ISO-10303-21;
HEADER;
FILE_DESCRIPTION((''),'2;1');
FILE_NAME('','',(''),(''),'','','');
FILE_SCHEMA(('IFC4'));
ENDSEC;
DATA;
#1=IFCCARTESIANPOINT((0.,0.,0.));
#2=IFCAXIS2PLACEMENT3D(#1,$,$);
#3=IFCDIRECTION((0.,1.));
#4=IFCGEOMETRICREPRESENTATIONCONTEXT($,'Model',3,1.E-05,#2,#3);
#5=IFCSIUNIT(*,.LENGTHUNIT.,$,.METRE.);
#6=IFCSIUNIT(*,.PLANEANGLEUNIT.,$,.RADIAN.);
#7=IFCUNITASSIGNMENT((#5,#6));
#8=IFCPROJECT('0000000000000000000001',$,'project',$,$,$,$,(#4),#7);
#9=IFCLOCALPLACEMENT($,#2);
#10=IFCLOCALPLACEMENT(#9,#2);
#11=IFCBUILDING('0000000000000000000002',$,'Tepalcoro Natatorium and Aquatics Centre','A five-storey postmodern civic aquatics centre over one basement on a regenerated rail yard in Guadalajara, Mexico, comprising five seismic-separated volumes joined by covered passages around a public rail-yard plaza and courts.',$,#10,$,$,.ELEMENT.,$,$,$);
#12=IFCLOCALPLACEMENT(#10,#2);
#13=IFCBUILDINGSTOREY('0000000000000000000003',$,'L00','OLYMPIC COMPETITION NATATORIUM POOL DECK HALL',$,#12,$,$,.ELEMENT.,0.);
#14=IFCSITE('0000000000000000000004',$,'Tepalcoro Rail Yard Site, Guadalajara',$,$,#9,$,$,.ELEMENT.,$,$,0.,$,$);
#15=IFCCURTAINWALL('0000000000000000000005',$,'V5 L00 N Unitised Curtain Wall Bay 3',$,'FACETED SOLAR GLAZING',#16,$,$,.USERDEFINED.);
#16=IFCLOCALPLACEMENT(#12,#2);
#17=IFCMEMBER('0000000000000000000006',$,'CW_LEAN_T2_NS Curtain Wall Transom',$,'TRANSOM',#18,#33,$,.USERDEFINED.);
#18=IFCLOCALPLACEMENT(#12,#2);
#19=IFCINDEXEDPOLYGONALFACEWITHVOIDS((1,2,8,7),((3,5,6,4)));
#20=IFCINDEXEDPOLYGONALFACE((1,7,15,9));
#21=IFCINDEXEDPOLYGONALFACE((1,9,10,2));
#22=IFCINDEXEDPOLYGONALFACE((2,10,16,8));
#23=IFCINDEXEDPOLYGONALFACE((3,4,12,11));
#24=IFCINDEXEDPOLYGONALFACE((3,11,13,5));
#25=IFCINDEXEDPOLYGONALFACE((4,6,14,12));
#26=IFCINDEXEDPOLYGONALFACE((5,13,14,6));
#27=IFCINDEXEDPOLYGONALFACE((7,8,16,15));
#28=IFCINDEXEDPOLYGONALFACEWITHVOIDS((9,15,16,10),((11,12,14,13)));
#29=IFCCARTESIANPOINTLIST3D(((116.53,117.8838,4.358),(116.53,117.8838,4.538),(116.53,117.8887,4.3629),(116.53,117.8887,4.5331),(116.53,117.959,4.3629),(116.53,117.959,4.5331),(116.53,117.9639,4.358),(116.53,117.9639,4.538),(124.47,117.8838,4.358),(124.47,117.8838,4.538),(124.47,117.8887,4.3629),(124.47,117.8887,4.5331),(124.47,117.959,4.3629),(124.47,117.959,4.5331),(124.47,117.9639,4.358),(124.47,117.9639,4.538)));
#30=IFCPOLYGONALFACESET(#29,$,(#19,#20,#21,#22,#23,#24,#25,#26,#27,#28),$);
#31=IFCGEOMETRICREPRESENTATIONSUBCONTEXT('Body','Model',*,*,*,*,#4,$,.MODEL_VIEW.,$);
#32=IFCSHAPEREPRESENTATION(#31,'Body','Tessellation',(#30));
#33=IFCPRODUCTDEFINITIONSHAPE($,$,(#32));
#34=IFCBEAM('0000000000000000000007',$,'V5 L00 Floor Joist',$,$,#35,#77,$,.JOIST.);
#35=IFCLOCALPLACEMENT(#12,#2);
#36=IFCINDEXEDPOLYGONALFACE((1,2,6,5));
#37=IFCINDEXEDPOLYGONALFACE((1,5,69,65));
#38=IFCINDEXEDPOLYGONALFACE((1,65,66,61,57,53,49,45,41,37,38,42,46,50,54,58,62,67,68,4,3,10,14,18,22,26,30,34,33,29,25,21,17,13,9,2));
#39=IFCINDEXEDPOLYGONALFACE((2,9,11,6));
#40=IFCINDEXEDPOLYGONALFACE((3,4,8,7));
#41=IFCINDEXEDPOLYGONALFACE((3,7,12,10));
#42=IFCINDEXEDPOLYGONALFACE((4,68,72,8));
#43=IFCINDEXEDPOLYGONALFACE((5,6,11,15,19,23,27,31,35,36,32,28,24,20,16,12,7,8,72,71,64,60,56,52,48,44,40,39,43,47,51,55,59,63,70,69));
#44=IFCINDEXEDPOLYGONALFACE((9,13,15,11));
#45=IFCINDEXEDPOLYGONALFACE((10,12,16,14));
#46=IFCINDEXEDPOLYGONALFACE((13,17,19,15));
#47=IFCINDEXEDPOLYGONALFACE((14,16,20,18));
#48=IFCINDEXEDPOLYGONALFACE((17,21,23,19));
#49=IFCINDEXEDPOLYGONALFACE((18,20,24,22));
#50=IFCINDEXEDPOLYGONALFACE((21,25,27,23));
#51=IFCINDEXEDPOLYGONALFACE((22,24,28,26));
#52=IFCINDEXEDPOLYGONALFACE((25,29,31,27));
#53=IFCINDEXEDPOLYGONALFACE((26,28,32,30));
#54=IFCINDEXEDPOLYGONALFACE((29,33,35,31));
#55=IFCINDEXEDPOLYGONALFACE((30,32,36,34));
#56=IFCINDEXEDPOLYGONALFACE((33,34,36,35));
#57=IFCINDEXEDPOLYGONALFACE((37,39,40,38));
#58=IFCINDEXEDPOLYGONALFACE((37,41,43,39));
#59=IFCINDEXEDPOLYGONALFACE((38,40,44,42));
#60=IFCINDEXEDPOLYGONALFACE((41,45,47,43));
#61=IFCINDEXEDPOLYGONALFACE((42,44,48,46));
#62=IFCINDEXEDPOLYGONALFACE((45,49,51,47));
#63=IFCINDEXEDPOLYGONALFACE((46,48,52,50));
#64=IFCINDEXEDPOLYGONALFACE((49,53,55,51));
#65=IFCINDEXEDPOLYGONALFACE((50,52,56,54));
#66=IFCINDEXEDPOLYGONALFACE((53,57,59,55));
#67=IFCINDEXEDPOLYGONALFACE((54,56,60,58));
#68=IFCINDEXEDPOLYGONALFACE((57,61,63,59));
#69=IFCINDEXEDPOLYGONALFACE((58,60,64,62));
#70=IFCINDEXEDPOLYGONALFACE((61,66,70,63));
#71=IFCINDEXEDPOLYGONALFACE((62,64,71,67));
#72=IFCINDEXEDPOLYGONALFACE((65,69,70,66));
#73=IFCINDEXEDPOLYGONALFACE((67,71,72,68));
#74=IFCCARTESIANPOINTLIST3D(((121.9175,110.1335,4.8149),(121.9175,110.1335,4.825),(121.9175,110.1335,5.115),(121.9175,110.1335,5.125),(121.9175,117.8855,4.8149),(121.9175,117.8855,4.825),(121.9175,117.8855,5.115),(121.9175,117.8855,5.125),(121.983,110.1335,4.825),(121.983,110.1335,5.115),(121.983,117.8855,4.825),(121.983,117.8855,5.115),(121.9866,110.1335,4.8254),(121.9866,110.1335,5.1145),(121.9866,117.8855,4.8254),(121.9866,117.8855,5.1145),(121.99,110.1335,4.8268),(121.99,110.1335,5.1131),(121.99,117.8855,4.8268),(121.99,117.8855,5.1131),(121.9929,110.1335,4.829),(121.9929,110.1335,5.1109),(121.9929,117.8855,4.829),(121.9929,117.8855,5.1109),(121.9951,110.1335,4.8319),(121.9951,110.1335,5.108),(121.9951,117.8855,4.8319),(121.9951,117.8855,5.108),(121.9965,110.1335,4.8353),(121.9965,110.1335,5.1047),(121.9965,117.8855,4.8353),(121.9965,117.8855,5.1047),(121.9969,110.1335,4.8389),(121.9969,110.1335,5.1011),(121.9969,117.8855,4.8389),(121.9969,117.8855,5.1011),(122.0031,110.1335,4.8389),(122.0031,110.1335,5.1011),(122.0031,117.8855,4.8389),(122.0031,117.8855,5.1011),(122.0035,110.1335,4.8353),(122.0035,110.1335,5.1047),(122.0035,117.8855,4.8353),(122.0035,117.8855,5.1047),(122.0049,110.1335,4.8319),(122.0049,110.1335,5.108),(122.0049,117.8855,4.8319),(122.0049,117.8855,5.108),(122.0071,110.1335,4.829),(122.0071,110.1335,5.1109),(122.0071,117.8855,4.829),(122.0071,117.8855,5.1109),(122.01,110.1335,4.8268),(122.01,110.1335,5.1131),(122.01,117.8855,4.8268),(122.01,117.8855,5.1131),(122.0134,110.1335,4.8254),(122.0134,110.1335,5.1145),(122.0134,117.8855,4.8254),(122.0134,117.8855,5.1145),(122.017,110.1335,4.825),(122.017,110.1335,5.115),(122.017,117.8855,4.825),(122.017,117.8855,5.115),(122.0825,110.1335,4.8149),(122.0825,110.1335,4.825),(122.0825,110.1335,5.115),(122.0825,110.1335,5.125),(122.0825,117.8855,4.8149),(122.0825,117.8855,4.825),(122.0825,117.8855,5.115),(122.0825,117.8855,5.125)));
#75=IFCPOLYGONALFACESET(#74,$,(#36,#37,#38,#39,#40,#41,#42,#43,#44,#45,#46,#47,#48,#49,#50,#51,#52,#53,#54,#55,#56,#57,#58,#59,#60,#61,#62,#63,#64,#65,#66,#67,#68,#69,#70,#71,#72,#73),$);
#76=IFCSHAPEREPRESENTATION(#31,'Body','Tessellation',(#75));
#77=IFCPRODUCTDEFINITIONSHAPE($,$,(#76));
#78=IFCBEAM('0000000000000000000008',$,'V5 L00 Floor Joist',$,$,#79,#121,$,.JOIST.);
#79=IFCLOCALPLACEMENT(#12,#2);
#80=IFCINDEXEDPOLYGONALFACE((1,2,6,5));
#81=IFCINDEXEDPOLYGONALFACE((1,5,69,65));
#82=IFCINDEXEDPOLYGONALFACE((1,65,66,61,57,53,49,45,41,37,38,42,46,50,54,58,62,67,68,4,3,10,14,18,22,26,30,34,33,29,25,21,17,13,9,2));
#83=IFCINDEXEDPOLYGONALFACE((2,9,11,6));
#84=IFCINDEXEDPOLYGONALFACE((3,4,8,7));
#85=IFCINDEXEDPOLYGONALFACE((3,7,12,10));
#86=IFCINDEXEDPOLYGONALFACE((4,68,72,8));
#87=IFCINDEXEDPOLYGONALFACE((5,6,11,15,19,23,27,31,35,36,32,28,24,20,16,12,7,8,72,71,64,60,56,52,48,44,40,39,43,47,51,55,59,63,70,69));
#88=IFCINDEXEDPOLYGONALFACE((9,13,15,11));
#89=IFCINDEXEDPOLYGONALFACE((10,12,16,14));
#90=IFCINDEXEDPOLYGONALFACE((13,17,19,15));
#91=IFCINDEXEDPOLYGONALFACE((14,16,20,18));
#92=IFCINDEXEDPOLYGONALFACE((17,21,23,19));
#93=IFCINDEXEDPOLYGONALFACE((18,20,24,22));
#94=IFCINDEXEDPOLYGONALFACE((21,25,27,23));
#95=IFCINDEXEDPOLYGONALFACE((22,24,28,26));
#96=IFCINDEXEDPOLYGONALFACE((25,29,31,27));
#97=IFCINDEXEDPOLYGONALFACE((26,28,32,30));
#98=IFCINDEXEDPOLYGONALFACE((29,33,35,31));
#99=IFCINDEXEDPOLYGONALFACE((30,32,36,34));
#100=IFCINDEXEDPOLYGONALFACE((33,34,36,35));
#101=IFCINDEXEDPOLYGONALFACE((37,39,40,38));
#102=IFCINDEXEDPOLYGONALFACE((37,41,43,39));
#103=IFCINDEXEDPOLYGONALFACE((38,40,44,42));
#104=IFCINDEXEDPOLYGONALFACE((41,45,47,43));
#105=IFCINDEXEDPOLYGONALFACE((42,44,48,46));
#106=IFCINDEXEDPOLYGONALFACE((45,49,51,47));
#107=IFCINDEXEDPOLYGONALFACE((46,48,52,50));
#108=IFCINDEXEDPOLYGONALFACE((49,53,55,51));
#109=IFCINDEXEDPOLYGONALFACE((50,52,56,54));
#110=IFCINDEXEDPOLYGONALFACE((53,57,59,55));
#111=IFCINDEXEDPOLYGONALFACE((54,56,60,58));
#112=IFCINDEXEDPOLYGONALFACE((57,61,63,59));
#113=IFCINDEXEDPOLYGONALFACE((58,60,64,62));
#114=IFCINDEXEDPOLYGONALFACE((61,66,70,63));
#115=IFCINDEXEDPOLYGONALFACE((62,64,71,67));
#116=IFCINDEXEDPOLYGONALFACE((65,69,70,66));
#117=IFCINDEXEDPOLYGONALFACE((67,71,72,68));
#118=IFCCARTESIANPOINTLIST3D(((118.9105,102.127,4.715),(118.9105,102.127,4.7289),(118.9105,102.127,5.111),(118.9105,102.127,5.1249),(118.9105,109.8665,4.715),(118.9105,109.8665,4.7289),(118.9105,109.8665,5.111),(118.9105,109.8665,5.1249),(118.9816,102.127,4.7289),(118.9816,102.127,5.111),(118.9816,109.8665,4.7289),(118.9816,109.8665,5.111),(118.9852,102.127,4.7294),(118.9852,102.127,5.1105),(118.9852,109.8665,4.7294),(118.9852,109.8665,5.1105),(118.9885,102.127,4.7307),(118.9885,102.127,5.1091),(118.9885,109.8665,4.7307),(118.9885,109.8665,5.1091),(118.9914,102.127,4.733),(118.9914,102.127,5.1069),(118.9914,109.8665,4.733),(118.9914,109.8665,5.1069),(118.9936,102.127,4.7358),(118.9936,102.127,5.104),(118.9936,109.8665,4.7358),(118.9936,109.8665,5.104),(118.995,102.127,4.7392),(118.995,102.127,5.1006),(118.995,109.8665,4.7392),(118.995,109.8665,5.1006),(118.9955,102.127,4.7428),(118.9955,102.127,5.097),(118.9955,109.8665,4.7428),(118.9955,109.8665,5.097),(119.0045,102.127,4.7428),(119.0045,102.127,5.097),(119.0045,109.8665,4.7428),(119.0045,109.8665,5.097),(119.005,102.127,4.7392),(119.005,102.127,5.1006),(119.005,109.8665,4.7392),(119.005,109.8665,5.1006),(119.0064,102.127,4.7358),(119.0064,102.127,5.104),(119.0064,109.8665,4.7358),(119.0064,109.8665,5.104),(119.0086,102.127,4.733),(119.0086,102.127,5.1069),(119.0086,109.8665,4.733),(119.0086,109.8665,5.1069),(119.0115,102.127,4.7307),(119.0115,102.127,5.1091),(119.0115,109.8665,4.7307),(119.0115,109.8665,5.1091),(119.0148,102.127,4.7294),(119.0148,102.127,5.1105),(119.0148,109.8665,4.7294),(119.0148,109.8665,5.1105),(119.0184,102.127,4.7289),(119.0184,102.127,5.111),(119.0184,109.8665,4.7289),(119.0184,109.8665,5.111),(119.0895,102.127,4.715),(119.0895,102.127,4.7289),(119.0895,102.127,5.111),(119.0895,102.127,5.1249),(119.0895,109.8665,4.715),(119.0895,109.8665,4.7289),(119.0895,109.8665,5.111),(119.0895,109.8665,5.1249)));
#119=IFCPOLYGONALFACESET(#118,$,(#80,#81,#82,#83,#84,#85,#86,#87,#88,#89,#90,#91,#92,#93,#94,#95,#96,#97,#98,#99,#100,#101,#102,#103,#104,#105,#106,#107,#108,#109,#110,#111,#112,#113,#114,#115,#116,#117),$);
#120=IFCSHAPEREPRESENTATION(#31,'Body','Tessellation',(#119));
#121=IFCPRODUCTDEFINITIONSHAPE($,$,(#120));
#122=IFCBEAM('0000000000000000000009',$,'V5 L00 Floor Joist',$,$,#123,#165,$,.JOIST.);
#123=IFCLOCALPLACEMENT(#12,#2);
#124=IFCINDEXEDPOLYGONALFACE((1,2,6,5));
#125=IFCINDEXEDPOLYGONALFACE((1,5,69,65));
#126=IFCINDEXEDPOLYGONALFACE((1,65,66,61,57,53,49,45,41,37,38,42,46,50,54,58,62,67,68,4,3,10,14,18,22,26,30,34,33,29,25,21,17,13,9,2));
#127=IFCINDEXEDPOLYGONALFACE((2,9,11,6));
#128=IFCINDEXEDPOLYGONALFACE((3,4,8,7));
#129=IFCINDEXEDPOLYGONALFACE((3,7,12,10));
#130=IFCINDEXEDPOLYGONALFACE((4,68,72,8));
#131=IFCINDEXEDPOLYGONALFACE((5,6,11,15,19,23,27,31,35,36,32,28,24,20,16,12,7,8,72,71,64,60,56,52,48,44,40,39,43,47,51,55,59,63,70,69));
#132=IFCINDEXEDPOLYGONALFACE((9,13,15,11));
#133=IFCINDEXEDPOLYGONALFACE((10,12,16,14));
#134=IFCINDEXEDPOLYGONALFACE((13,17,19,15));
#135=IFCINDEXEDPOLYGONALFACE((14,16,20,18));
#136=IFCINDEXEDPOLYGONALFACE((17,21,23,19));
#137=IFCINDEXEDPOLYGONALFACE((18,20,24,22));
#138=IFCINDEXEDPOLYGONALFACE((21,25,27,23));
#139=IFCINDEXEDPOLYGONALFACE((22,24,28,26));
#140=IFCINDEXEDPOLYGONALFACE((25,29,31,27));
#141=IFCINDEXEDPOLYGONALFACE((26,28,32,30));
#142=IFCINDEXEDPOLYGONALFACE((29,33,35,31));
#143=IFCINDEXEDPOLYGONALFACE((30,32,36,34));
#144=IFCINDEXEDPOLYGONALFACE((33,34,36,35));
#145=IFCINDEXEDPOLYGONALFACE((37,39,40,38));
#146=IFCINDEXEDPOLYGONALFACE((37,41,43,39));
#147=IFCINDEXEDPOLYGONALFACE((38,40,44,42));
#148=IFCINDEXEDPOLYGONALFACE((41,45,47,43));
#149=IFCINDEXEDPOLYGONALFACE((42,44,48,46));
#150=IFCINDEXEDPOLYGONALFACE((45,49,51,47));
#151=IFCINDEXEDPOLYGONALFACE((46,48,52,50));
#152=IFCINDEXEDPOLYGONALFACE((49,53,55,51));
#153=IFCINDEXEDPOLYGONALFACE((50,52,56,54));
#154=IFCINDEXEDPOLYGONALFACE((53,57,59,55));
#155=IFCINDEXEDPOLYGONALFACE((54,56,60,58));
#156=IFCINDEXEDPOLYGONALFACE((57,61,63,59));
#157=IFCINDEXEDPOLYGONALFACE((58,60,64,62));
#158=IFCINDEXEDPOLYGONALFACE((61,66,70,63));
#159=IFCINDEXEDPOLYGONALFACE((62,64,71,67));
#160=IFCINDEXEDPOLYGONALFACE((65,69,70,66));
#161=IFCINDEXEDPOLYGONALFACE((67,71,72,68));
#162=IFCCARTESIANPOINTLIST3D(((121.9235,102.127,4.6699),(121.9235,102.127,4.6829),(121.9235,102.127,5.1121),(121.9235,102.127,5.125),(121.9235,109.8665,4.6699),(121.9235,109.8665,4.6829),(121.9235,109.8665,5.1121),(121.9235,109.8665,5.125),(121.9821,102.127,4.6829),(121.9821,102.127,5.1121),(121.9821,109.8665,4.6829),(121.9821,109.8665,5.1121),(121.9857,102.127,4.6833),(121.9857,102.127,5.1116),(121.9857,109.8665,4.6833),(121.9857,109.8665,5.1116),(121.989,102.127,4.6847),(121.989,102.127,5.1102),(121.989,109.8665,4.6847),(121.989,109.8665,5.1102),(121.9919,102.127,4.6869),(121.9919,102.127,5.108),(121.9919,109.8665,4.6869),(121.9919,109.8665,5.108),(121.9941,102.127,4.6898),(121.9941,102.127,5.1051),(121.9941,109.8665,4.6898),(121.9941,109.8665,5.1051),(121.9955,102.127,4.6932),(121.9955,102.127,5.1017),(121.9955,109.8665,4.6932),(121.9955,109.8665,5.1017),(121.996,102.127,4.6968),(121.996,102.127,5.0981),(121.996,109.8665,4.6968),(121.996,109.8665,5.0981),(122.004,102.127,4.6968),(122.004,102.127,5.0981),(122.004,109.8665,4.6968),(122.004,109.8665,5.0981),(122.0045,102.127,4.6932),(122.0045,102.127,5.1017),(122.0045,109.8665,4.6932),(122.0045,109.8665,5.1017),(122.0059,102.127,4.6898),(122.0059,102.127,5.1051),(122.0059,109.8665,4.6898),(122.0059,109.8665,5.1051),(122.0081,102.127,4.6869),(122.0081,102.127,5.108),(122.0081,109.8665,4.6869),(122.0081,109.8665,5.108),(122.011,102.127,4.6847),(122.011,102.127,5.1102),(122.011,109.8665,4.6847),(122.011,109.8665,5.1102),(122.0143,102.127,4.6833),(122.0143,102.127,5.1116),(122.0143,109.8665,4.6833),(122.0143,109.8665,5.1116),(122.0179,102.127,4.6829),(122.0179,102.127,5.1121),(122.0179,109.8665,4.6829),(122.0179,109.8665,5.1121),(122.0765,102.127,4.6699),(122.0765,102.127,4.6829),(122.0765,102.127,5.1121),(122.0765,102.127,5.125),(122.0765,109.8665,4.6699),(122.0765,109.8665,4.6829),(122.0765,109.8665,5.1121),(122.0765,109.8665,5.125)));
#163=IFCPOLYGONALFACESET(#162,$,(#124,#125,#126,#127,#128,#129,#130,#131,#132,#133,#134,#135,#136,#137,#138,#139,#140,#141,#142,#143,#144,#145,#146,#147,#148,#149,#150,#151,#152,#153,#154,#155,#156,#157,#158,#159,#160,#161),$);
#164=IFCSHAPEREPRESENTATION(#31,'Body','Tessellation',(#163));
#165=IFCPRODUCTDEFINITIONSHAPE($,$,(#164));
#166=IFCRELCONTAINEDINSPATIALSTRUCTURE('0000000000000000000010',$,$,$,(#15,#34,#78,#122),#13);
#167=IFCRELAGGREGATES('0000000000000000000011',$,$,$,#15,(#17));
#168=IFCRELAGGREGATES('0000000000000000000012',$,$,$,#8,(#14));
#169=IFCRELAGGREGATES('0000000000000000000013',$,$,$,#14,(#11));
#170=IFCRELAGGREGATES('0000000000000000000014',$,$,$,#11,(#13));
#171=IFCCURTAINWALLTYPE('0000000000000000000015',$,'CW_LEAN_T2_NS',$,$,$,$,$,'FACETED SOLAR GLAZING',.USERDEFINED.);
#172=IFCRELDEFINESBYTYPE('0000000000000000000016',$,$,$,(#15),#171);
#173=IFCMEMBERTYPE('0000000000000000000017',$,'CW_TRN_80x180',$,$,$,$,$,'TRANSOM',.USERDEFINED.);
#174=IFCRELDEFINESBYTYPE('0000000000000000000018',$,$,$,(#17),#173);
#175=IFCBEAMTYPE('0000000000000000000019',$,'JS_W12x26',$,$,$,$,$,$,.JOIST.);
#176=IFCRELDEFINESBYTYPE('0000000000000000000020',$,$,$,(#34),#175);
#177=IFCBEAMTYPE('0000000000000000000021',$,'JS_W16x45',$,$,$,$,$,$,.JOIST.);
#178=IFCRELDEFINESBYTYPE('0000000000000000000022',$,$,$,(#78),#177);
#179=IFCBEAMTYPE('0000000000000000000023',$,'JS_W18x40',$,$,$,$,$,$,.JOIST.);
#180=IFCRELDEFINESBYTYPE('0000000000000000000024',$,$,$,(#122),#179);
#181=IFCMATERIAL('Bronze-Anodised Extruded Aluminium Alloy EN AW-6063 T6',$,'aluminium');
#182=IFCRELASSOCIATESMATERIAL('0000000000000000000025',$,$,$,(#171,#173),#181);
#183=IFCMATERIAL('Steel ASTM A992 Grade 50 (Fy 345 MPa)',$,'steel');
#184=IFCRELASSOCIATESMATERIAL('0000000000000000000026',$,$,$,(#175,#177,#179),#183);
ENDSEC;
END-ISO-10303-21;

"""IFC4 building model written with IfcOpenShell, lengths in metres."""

from ifc_helpers import new_model, si_unit, direction, frame, origin, origin_2d, place, context, subcontext, project, spatial, hollow_rectangle, i_section, extrude, material, material_profile, profile_set, type_object, element, aggregate, save


model = new_model("IFC4")

# Units and contexts
model_context = context("Model", 3, precision=1e-05, world=origin(), true_north=direction((0.0, 1.0)))
body_context = subcontext(model_context, "Body", "Model", "MODEL_VIEW")
ifc_project = project(units=[si_unit("LENGTHUNIT", "METRE"), si_unit("PLANEANGLEUNIT", "RADIAN")], contexts=[model_context])

# Site, building, storey
site_placement = place(None, origin())
site = spatial("IfcSite", under=ifc_project, at=site_placement, Name="Tepalcoro Rail Yard Site, Guadalajara", CompositionType="ELEMENT", RefElevation=0.0)
building_placement = place(site_placement, origin())
building = spatial("IfcBuilding", under=site, at=building_placement, Name="Tepalcoro Natatorium and Aquatics Centre", Description="A five-storey postmodern civic aquatics centre over one basement on a regenerated rail yard in Guadalajara, Mexico, comprising five seismic-separated volumes joined by covered passages around a public rail-yard plaza and courts.", CompositionType="ELEMENT")
storey_placement = place(building_placement, origin())
storey = spatial("IfcBuildingStorey", under=building, at=storey_placement, Name="L00", Description="OLYMPIC COMPETITION NATATORIUM POOL DECK HALL", CompositionType="ELEMENT", Elevation=0.0)

# Shared definitions
ifc_material_1 = material(Name="Steel ASTM A992 Grade 50 (Fy 345 MPa)", Category="steel")

# Curtain wall, member
ifc_material_2 = material(Name="Bronze-Anodised Extruded Aluminium Alloy EN AW-6063 T6", Category="aluminium")
curtain_wall_type = type_object("IfcCurtainWallType", Name="CW_LEAN_T2_NS", ElementType="FACETED SOLAR GLAZING", PredefinedType="USERDEFINED", material=ifc_material_2)
curtain_wall_placement = place(storey_placement, origin())
curtain_wall = element("IfcCurtainWall", 1, at=curtain_wall_placement, inside=storey, type_object=curtain_wall_type, Name="V5 L00 N Unitised Curtain Wall Bay 3", ObjectType="FACETED SOLAR GLAZING", PredefinedType="USERDEFINED")
ifc_material_profile_1 = material_profile(ifc_material_2, hollow_rectangle(XDim=0.0801, YDim=0.1799, WallThickness=0.0049, at=origin_2d()), Name="AL80X180X5")
ifc_profile_set_1 = profile_set([ifc_material_profile_1], Name="Bronze-Anodised Extruded Aluminium Alloy EN AW-6063 T6")
member_type_1 = type_object("IfcMemberType", Name="CW_TRN_80x180", ElementType="TRANSOM", PredefinedType="USERDEFINED", material=ifc_profile_set_1)
member_1_placement = place(storey_placement, frame((116.53, 117.9238, 4.448), z_axis=(1.0, 0.0, 0.0), x_axis=(0.0, 1.0, 0.0)))
member_1 = element("IfcMember", 2, at=member_1_placement, type_object=member_type_1, Name="CW_LEAN_T2_NS Curtain Wall Transom", ObjectType="TRANSOM", PredefinedType="USERDEFINED", context=body_context, shape_type="SweptSolid", body=[
    extrude(hollow_rectangle(XDim=0.0801, YDim=0.1799, WallThickness=0.0049, at=origin_2d()), origin(), (0.0, 0.0, 1.0), 7.9399),
])

# Beams
ifc_material_profile_2 = material_profile(ifc_material_1, i_section(OverallWidth=0.165, OverallDepth=0.3101, WebThickness=0.0061, FlangeThickness=0.01, FilletRadius=0.0139, at=origin_2d()), Name="W12X26")
ifc_profile_set_2 = profile_set([ifc_material_profile_2], Name="Steel ASTM A992 Grade 50 (Fy 345 MPa)")
beam_type_1 = type_object("IfcBeamType", Name="JS_W12x26", PredefinedType="JOIST", material=ifc_profile_set_2)
beam_1_placement = place(storey_placement, frame((122.0, 110.1335, 4.97), z_axis=(0.0, 1.0, 0.0), x_axis=(-1.0, 0.0, 0.0)))
element("IfcBeam", 3, at=beam_1_placement, inside=storey, type_object=beam_type_1, Name="V5 L00 Floor Joist", PredefinedType="JOIST", context=body_context, shape_type="SweptSolid", body=[
    extrude(i_section(OverallWidth=0.165, OverallDepth=0.3101, WebThickness=0.0061, FlangeThickness=0.01, FilletRadius=0.0139, at=origin_2d()), origin(), (0.0, 0.0, 1.0), 7.752),
])
ifc_material_profile_3 = material_profile(ifc_material_1, i_section(OverallWidth=0.179, OverallDepth=0.4099, WebThickness=0.009, FlangeThickness=0.0139, FilletRadius=0.0139, at=origin_2d()), Name="W16X45")
ifc_profile_set_3 = profile_set([ifc_material_profile_3], Name="Steel ASTM A992 Grade 50 (Fy 345 MPa)")
beam_type_2 = type_object("IfcBeamType", Name="JS_W16x45", PredefinedType="JOIST", material=ifc_profile_set_3)
beam_2_placement = place(storey_placement, frame((119.0, 102.127, 4.9199), z_axis=(0.0, 1.0, 0.0), x_axis=(-1.0, 0.0, 0.0)))
element("IfcBeam", 4, at=beam_2_placement, inside=storey, type_object=beam_type_2, Name="V5 L00 Floor Joist", PredefinedType="JOIST", context=body_context, shape_type="SweptSolid", body=[
    extrude(i_section(OverallWidth=0.179, OverallDepth=0.4099, WebThickness=0.009, FlangeThickness=0.0139, FilletRadius=0.0139, at=origin_2d()), origin(), (0.0, 0.0, 1.0), 7.7395),
])
ifc_material_profile_4 = material_profile(ifc_material_1, i_section(OverallWidth=0.1531, OverallDepth=0.4551, WebThickness=0.0081, FlangeThickness=0.0129, FilletRadius=0.0139, at=origin_2d()), Name="W18X40")
ifc_profile_set_4 = profile_set([ifc_material_profile_4], Name="Steel ASTM A992 Grade 50 (Fy 345 MPa)")
beam_type_3 = type_object("IfcBeamType", Name="JS_W18x40", PredefinedType="JOIST", material=ifc_profile_set_4)
beam_3_placement = place(storey_placement, frame((122.0, 102.127, 4.8975), z_axis=(0.0, 1.0, 0.0), x_axis=(-1.0, 0.0, 0.0)))
element("IfcBeam", 5, at=beam_3_placement, inside=storey, type_object=beam_type_3, Name="V5 L00 Floor Joist", PredefinedType="JOIST", context=body_context, shape_type="SweptSolid", body=[
    extrude(i_section(OverallWidth=0.1531, OverallDepth=0.4551, WebThickness=0.0081, FlangeThickness=0.0129, FilletRadius=0.0139, at=origin_2d()), origin(), (0.0, 0.0, 1.0), 7.7395),
])

aggregate(curtain_wall, [member_1])

save(model, "model.ifc")
